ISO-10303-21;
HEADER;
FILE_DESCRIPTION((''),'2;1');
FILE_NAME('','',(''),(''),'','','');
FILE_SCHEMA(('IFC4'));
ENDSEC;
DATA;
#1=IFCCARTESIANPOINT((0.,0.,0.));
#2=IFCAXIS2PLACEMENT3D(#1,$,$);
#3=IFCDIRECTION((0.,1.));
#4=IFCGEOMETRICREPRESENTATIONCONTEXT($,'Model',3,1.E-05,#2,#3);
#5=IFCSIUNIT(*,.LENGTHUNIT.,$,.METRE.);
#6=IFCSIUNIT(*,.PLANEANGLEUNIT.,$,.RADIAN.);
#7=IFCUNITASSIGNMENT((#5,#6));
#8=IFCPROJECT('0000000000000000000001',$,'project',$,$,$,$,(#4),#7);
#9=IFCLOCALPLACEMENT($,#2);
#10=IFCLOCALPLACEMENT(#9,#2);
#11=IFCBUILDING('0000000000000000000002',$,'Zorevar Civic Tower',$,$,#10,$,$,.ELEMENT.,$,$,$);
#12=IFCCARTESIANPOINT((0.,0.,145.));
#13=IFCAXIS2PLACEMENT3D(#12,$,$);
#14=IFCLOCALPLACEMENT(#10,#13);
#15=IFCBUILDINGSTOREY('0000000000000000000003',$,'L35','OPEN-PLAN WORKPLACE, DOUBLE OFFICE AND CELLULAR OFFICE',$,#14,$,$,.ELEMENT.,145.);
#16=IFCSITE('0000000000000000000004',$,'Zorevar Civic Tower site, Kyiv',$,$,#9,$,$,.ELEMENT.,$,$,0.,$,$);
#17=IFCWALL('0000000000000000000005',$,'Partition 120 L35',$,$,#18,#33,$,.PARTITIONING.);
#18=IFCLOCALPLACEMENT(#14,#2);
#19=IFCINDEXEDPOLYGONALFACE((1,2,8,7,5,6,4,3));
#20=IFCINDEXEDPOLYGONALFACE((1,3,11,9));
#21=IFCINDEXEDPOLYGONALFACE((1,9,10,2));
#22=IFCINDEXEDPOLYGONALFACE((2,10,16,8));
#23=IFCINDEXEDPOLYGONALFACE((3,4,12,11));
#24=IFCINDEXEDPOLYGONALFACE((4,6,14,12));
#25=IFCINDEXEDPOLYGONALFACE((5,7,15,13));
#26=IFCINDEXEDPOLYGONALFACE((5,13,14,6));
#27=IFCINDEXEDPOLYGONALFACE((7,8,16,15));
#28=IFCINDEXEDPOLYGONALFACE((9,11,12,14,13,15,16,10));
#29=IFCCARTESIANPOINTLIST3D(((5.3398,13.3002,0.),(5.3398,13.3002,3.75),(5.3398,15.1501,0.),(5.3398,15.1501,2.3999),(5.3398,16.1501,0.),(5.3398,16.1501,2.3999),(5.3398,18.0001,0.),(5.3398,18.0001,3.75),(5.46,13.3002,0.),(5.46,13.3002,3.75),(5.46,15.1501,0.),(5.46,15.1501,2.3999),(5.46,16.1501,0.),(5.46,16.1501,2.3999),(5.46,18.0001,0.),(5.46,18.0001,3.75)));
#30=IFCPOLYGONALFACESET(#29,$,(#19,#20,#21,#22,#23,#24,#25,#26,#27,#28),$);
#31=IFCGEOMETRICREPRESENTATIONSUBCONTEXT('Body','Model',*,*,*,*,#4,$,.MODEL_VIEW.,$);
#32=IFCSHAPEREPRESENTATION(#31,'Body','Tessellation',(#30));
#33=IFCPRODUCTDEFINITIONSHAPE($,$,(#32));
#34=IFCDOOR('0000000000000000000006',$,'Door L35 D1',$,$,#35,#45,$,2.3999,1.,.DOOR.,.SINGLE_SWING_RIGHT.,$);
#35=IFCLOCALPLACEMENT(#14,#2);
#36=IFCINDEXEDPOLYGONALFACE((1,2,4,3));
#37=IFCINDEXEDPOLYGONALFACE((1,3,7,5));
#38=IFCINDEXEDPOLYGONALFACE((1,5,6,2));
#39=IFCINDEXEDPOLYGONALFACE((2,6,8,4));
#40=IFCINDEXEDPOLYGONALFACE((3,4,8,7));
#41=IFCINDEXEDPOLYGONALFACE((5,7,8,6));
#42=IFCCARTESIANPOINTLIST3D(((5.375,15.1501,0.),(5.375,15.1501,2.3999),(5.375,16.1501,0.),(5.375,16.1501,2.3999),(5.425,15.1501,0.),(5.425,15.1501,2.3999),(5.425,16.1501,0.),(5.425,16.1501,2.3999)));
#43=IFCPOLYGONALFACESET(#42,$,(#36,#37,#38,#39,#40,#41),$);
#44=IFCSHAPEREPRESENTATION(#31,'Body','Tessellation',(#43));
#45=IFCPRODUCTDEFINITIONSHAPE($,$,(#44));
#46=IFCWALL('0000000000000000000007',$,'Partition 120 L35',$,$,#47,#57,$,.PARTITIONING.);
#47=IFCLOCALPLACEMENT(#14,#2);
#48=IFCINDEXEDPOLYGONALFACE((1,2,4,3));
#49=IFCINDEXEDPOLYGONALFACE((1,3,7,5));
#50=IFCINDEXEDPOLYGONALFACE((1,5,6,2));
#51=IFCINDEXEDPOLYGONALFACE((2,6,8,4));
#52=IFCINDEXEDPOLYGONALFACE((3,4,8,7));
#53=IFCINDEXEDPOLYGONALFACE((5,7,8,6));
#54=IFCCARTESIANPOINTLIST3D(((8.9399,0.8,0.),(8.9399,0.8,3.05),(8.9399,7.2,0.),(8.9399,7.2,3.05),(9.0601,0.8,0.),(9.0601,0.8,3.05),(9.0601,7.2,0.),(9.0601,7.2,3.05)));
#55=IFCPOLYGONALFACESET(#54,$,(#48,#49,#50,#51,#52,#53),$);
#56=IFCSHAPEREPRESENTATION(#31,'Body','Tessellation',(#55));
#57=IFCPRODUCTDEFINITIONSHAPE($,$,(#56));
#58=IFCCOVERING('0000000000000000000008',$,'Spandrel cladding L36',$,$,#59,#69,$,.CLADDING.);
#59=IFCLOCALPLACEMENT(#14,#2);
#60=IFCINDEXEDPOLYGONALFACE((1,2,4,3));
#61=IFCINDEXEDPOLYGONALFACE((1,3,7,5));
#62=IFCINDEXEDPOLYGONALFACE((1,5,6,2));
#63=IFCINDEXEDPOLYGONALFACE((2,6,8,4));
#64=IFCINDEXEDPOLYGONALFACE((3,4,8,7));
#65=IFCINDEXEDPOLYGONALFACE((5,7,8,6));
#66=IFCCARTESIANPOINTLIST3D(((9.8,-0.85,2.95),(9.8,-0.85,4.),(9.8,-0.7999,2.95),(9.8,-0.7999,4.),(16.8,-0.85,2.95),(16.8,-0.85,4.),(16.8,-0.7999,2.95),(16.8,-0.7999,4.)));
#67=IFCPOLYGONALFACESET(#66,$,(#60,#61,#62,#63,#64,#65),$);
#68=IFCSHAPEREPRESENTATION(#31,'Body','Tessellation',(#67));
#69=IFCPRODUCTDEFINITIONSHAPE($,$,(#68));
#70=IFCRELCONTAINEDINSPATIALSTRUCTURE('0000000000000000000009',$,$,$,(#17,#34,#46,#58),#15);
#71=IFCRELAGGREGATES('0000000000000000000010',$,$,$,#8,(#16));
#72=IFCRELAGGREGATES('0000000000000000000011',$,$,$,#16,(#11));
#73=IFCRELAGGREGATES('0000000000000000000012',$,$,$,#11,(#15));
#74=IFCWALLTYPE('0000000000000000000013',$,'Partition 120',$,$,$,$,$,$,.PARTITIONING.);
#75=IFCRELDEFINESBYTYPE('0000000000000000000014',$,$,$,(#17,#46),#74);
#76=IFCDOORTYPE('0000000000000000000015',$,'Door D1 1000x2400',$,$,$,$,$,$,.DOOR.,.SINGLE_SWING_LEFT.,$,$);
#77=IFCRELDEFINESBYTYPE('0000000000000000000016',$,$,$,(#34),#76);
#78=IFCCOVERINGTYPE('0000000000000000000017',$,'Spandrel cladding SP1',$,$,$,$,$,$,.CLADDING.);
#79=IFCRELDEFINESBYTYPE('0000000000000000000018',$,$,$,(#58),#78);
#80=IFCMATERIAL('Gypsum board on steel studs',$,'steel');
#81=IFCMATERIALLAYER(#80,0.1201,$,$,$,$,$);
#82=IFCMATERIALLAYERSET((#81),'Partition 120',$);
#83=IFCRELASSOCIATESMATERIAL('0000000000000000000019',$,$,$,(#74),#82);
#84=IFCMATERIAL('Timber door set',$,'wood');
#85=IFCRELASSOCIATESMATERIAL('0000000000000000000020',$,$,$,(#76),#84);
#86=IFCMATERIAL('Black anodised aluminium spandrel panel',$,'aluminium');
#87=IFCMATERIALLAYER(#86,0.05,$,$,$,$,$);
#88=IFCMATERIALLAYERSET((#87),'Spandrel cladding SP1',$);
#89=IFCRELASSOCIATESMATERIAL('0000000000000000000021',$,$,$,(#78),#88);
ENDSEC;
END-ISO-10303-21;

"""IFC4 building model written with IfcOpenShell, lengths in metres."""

from ifc_helpers import new_model, si_unit, direction, frame, frame_2d, origin, place, context, subcontext, project, spatial, rectangle, extrude, material, layer, layer_set, type_object, element, fill, save


model = new_model("IFC4")

# Units and contexts
model_context = context("Model", 3, precision=1e-05, world=origin(), true_north=direction((0.0, 1.0)))
body_context = subcontext(model_context, "Body", "Model", "MODEL_VIEW")
ifc_project = project(units=[si_unit("LENGTHUNIT", "METRE"), si_unit("PLANEANGLEUNIT", "RADIAN")], contexts=[model_context])

# Site, building, storey
site_placement = place(None, origin())
site = spatial("IfcSite", under=ifc_project, at=site_placement, Name="Zorevar Civic Tower site, Kyiv", CompositionType="ELEMENT", RefElevation=0.0)
building_placement = place(site_placement, origin())
building = spatial("IfcBuilding", under=site, at=building_placement, Name="Zorevar Civic Tower", CompositionType="ELEMENT")
storey_placement = place(building_placement, frame((0.0, 0.0, 145.0)))
storey = spatial("IfcBuildingStorey", under=building, at=storey_placement, Name="L35", Description="OPEN-PLAN WORKPLACE, DOUBLE OFFICE AND CELLULAR OFFICE", CompositionType="ELEMENT", Elevation=145.0)

# Shared definitions
ifc_material_1 = material(Name="Gypsum board on steel studs", Category="steel")
ifc_layer_1 = layer(ifc_material_1, 0.1201)
ifc_layer_set_1 = layer_set([ifc_layer_1], Name="Partition 120")
wall_type = type_object("IfcWallType", Name="Partition 120", PredefinedType="PARTITIONING", material=ifc_layer_set_1)
ifc_material_2 = material(Name="Timber door set", Category="wood")
door_type = type_object("IfcDoorType", Name="Door D1 1000x2400", OperationType="SINGLE_SWING_LEFT", PredefinedType="DOOR", material=ifc_material_2)

# Wall, opening, door
wall_1_placement = place(storey_placement, frame((5.3999, 13.3, 0.0), z_axis=(0.0, 0.0, 1.0), x_axis=(0.0, 1.0, 0.0)))
wall_1 = element("IfcWall", 1, at=wall_1_placement, inside=storey, type_object=wall_type, Name="Partition 120 L35", PredefinedType="PARTITIONING", context=body_context, shape_type="SweptSolid", body=[
    extrude(rectangle(XDim=4.7, YDim=0.1201, at=frame_2d((2.3501, 0.0))), origin(), (0.0, 0.0, 1.0), 3.75),
])
opening_1_placement = place(wall_1_placement, frame((1.8501, 0.0, 0.0)))
opening_1 = element("IfcOpeningElement", 2, at=opening_1_placement, cuts=wall_1, PredefinedType="OPENING", context=body_context, shape_type="SweptSolid", body=[
    extrude(rectangle(XDim=1.0, YDim=2.3999, at=frame_2d((0.5, 1.2))), frame((0.0, 0.0701, 0.0), z_axis=(0.0, -1.0, 0.0), x_axis=(1.0, 0.0, 0.0)), (0.0, 0.0, 1.0), 0.1401),
])
door_1_placement = place(opening_1_placement, origin())
door_1 = element("IfcDoor", 3, at=door_1_placement, inside=storey, type_object=door_type, Name="Door L35 D1", OperationType="SINGLE_SWING_RIGHT", OverallHeight=2.3999, OverallWidth=1.0, PredefinedType="DOOR", context=body_context, shape_type="SweptSolid", body=[
    extrude(rectangle(XDim=1.0, YDim=2.3999, at=frame_2d((0.5, 1.2))), frame((0.0, 0.0249, 0.0), z_axis=(0.0, -1.0, 0.0), x_axis=(1.0, 0.0, 0.0)), (0.0, 0.0, 1.0), 0.05),
])
fill(opening_1, door_1)

# Wall
wall_2_placement = place(storey_placement, frame((9.0, 0.8, 0.0), z_axis=(0.0, 0.0, 1.0), x_axis=(0.0, 1.0, 0.0)))
element("IfcWall", 4, at=wall_2_placement, inside=storey, type_object=wall_type, Name="Partition 120 L35", PredefinedType="PARTITIONING", context=body_context, shape_type="SweptSolid", body=[
    extrude(rectangle(XDim=6.3999, YDim=0.1201, at=frame_2d((3.2, 0.0))), origin(), (0.0, 0.0, 1.0), 3.05),
])

# Covering
ifc_material_3 = material(Name="Black anodised aluminium spandrel panel", Category="aluminium")
ifc_layer_2 = layer(ifc_material_3, 0.05)
ifc_layer_set_2 = layer_set([ifc_layer_2], Name="Spandrel cladding SP1")
covering_type = type_object("IfcCoveringType", Name="Spandrel cladding SP1", PredefinedType="CLADDING", material=ifc_layer_set_2)
covering_placement = place(storey_placement, frame((9.8, -0.825, 2.95), z_axis=(0.0, 0.0, 1.0), x_axis=(1.0, 0.0, 0.0)))
element("IfcCovering", 5, at=covering_placement, inside=storey, type_object=covering_type, Name="Spandrel cladding L36", PredefinedType="CLADDING", context=body_context, shape_type="SweptSolid", body=[
    extrude(rectangle(XDim=7.0, YDim=0.05, at=frame_2d((3.5, 0.0))), origin(), (0.0, 0.0, 1.0), 1.05),
])

save(model, "model.ifc")
